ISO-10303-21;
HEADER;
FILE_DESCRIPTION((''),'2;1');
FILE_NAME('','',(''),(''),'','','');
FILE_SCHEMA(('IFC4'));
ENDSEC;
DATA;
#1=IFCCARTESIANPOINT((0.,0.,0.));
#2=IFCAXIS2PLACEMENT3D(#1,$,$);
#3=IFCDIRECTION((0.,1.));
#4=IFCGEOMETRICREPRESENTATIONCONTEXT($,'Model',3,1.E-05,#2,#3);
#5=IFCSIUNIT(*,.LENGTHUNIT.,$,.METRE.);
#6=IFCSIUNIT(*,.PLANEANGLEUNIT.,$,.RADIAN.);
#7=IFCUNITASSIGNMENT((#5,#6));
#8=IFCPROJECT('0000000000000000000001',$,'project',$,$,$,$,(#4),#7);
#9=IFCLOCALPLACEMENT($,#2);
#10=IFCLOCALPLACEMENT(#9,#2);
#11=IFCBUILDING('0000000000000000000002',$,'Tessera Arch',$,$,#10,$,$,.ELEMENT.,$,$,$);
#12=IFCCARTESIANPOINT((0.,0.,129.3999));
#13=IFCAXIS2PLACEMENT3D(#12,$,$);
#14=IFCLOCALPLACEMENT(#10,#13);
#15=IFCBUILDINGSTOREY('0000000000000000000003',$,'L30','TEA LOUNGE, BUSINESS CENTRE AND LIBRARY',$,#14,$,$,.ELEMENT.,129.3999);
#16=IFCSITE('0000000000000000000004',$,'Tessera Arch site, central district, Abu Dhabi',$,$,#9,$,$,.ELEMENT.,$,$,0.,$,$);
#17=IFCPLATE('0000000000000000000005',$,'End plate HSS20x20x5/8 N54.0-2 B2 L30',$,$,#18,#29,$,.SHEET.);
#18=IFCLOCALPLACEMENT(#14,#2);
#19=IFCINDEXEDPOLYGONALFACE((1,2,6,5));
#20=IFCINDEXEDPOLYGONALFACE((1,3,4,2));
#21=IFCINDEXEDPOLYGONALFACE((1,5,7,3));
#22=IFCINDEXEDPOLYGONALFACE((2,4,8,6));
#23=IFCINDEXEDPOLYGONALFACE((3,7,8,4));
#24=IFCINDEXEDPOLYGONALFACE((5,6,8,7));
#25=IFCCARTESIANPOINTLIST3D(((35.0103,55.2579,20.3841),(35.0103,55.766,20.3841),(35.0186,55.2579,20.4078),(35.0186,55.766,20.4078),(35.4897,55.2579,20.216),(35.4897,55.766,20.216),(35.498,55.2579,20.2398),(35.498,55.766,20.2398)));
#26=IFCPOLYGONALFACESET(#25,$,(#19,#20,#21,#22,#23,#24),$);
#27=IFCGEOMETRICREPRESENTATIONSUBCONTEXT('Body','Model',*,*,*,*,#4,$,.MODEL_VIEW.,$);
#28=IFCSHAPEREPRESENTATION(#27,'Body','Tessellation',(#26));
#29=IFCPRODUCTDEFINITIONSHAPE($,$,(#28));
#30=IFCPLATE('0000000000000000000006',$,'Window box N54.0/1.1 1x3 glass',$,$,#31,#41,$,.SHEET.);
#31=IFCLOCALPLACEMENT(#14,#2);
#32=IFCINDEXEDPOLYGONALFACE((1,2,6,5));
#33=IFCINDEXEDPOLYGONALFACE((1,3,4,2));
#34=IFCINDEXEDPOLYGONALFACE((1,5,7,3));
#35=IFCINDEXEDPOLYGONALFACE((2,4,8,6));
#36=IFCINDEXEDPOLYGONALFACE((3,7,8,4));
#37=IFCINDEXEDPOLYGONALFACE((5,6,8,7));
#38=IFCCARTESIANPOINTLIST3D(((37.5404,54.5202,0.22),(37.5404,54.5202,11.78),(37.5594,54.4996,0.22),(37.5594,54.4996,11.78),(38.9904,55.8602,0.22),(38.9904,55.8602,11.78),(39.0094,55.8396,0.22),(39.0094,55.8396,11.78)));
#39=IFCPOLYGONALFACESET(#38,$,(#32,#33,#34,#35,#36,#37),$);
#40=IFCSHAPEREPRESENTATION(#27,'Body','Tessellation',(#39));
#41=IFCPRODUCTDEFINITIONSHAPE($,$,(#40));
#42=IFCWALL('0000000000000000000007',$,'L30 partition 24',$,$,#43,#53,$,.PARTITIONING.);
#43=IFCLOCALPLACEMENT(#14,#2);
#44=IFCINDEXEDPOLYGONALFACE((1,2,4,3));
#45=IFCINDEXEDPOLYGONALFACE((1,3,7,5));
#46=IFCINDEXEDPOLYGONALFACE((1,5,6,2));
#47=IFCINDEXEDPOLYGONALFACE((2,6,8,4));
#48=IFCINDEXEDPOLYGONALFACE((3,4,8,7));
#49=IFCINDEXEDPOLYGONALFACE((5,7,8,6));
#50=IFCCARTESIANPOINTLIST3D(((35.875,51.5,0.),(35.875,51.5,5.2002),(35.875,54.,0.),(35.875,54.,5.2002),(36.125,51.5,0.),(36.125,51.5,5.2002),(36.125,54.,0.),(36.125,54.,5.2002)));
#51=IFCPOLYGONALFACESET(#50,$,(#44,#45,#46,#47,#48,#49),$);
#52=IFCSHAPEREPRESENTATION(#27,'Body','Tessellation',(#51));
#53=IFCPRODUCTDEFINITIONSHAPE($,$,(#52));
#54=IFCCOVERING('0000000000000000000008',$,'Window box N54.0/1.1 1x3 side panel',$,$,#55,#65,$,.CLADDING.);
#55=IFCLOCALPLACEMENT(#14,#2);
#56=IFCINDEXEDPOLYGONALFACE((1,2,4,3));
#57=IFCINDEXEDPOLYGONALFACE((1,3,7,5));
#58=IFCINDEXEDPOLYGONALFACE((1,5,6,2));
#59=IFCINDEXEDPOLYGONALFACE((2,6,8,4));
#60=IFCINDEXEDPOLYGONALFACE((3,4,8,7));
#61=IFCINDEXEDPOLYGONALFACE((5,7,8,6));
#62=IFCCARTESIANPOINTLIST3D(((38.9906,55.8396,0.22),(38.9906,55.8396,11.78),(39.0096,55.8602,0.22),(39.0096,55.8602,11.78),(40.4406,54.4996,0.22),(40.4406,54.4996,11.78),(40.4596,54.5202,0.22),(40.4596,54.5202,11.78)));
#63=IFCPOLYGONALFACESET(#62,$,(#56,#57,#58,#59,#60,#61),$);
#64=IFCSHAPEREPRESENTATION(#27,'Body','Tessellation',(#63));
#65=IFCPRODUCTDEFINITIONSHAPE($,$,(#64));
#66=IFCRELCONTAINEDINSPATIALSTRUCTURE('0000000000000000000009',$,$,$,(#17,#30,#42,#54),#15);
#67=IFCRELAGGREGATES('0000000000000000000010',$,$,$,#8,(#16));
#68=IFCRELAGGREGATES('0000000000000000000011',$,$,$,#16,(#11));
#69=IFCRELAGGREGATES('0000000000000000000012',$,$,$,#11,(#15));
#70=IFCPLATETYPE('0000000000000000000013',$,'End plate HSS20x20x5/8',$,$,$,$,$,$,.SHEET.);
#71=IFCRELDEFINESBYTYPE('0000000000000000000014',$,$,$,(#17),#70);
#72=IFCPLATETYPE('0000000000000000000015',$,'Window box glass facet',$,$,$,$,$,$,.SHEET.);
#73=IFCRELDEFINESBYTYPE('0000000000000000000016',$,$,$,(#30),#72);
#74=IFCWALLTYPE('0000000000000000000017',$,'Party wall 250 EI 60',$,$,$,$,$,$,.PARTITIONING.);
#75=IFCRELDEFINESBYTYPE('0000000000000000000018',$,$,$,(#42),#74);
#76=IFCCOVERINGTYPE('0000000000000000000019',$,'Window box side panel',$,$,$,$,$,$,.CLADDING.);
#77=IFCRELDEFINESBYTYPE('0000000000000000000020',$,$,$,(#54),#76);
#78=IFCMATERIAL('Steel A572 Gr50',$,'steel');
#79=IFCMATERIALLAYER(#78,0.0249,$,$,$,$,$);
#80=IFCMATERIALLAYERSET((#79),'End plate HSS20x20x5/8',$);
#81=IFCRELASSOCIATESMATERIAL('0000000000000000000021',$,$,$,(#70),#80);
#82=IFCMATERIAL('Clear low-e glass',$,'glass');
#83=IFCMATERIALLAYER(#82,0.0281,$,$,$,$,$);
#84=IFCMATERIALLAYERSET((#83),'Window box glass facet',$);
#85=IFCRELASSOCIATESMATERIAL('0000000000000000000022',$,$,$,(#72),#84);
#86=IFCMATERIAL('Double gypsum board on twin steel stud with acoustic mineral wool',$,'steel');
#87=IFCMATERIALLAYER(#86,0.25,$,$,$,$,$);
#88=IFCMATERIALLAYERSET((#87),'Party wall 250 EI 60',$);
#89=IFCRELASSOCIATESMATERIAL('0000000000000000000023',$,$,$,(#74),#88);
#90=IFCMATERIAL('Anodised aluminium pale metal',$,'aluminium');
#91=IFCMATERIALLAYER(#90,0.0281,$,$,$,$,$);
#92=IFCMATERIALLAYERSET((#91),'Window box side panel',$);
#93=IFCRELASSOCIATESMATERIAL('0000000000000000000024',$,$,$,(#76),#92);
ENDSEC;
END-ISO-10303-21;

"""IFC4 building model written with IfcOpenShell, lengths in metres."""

from ifc_helpers import new_model, si_unit, direction, frame, frame_2d, origin, origin_2d, place, context, subcontext, project, spatial, rectangle, extrude, material, layer, layer_set, type_object, element, save


model = new_model("IFC4")

# Units and contexts
model_context = context("Model", 3, precision=1e-05, world=origin(), true_north=direction((0.0, 1.0)))
body_context = subcontext(model_context, "Body", "Model", "MODEL_VIEW")
ifc_project = project(units=[si_unit("LENGTHUNIT", "METRE"), si_unit("PLANEANGLEUNIT", "RADIAN")], contexts=[model_context])

# Site, building, storey
site_placement = place(None, origin())
site = spatial("IfcSite", under=ifc_project, at=site_placement, Name="Tessera Arch site, central district, Abu Dhabi", CompositionType="ELEMENT", RefElevation=0.0)
building_placement = place(site_placement, origin())
building = spatial("IfcBuilding", under=site, at=building_placement, Name="Tessera Arch", CompositionType="ELEMENT")
storey_placement = place(building_placement, frame((0.0, 0.0, 129.3999)))
storey = spatial("IfcBuildingStorey", under=building, at=storey_placement, Name="L30", Description="TEA LOUNGE, BUSINESS CENTRE AND LIBRARY", CompositionType="ELEMENT", Elevation=129.3999)

# Plates
ifc_material_1 = material(Name="Steel A572 Gr50", Category="steel")
ifc_layer_1 = layer(ifc_material_1, 0.0249)
ifc_layer_set_1 = layer_set([ifc_layer_1], Name="End plate HSS20x20x5/8")
plate_type_1 = type_object("IfcPlateType", Name="End plate HSS20x20x5/8", PredefinedType="SHEET", material=ifc_layer_set_1)
plate_1_placement = place(storey_placement, frame((35.25, 55.512, 20.3), z_axis=(0.330784, 0.0, 0.943707), x_axis=(0.0, 1.0, 0.0)))
element("IfcPlate", 1, at=plate_1_placement, inside=storey, type_object=plate_type_1, Name="End plate HSS20x20x5/8 N54.0-2 B2 L30", PredefinedType="SHEET", context=body_context, shape_type="SweptSolid", body=[
    extrude(rectangle(XDim=0.5081, YDim=0.5081, at=origin_2d()), origin(), (0.0, 0.0, 1.0), 0.0251),
])
ifc_material_2 = material(Name="Clear low-e glass", Category="glass")
ifc_layer_2 = layer(ifc_material_2, 0.0281)
ifc_layer_set_2 = layer_set([ifc_layer_2], Name="Window box glass facet")
plate_type_2 = type_object("IfcPlateType", Name="Window box glass facet", PredefinedType="SHEET", material=ifc_layer_set_2)
plate_2_placement = place(storey_placement, frame((38.2749, 55.1799, 0.22), z_axis=(0.0, 0.0, 1.0), x_axis=(0.734415, 0.678701, 0.0)))
element("IfcPlate", 2, at=plate_2_placement, inside=storey, type_object=plate_type_2, Name="Window box N54.0/1.1 1x3 glass", PredefinedType="SHEET", context=body_context, shape_type="SweptSolid", body=[
    extrude(rectangle(XDim=1.9744, YDim=0.0281, at=origin_2d()), origin(), (0.0, 0.0, 1.0), 11.5601),
])

# Wall
ifc_material_3 = material(Name="Double gypsum board on twin steel stud with acoustic mineral wool", Category="steel")
ifc_layer_3 = layer(ifc_material_3, 0.25)
ifc_layer_set_3 = layer_set([ifc_layer_3], Name="Party wall 250 EI 60")
wall_type = type_object("IfcWallType", Name="Party wall 250 EI 60", PredefinedType="PARTITIONING", material=ifc_layer_set_3)
wall_placement = place(storey_placement, frame((36.0, 51.5, 0.0), z_axis=(0.0, 0.0, 1.0), x_axis=(0.0, 1.0, 0.0)))
element("IfcWall", 3, at=wall_placement, inside=storey, type_object=wall_type, Name="L30 partition 24", PredefinedType="PARTITIONING", context=body_context, shape_type="SweptSolid", body=[
    extrude(rectangle(XDim=2.5, YDim=0.25, at=frame_2d((1.25, 0.0))), origin(), (0.0, 0.0, 1.0), 5.2002),
])

# Covering
ifc_material_4 = material(Name="Anodised aluminium pale metal", Category="aluminium")
ifc_layer_4 = layer(ifc_material_4, 0.0281)
ifc_layer_set_4 = layer_set([ifc_layer_4], Name="Window box side panel")
covering_type = type_object("IfcCoveringType", Name="Window box side panel", PredefinedType="CLADDING", material=ifc_layer_set_4)
covering_placement = place(storey_placement, frame((39.7251, 55.1799, 0.22), z_axis=(0.0, 0.0, 1.0), x_axis=(-0.734415, 0.678701, 0.0)))
element("IfcCovering", 4, at=covering_placement, inside=storey, type_object=covering_type, Name="Window box N54.0/1.1 1x3 side panel", PredefinedType="CLADDING", context=body_context, shape_type="SweptSolid", body=[
    extrude(rectangle(XDim=1.9744, YDim=0.0281, at=origin_2d()), origin(), (0.0, 0.0, 1.0), 11.5601),
])

save(model, "model.ifc")
